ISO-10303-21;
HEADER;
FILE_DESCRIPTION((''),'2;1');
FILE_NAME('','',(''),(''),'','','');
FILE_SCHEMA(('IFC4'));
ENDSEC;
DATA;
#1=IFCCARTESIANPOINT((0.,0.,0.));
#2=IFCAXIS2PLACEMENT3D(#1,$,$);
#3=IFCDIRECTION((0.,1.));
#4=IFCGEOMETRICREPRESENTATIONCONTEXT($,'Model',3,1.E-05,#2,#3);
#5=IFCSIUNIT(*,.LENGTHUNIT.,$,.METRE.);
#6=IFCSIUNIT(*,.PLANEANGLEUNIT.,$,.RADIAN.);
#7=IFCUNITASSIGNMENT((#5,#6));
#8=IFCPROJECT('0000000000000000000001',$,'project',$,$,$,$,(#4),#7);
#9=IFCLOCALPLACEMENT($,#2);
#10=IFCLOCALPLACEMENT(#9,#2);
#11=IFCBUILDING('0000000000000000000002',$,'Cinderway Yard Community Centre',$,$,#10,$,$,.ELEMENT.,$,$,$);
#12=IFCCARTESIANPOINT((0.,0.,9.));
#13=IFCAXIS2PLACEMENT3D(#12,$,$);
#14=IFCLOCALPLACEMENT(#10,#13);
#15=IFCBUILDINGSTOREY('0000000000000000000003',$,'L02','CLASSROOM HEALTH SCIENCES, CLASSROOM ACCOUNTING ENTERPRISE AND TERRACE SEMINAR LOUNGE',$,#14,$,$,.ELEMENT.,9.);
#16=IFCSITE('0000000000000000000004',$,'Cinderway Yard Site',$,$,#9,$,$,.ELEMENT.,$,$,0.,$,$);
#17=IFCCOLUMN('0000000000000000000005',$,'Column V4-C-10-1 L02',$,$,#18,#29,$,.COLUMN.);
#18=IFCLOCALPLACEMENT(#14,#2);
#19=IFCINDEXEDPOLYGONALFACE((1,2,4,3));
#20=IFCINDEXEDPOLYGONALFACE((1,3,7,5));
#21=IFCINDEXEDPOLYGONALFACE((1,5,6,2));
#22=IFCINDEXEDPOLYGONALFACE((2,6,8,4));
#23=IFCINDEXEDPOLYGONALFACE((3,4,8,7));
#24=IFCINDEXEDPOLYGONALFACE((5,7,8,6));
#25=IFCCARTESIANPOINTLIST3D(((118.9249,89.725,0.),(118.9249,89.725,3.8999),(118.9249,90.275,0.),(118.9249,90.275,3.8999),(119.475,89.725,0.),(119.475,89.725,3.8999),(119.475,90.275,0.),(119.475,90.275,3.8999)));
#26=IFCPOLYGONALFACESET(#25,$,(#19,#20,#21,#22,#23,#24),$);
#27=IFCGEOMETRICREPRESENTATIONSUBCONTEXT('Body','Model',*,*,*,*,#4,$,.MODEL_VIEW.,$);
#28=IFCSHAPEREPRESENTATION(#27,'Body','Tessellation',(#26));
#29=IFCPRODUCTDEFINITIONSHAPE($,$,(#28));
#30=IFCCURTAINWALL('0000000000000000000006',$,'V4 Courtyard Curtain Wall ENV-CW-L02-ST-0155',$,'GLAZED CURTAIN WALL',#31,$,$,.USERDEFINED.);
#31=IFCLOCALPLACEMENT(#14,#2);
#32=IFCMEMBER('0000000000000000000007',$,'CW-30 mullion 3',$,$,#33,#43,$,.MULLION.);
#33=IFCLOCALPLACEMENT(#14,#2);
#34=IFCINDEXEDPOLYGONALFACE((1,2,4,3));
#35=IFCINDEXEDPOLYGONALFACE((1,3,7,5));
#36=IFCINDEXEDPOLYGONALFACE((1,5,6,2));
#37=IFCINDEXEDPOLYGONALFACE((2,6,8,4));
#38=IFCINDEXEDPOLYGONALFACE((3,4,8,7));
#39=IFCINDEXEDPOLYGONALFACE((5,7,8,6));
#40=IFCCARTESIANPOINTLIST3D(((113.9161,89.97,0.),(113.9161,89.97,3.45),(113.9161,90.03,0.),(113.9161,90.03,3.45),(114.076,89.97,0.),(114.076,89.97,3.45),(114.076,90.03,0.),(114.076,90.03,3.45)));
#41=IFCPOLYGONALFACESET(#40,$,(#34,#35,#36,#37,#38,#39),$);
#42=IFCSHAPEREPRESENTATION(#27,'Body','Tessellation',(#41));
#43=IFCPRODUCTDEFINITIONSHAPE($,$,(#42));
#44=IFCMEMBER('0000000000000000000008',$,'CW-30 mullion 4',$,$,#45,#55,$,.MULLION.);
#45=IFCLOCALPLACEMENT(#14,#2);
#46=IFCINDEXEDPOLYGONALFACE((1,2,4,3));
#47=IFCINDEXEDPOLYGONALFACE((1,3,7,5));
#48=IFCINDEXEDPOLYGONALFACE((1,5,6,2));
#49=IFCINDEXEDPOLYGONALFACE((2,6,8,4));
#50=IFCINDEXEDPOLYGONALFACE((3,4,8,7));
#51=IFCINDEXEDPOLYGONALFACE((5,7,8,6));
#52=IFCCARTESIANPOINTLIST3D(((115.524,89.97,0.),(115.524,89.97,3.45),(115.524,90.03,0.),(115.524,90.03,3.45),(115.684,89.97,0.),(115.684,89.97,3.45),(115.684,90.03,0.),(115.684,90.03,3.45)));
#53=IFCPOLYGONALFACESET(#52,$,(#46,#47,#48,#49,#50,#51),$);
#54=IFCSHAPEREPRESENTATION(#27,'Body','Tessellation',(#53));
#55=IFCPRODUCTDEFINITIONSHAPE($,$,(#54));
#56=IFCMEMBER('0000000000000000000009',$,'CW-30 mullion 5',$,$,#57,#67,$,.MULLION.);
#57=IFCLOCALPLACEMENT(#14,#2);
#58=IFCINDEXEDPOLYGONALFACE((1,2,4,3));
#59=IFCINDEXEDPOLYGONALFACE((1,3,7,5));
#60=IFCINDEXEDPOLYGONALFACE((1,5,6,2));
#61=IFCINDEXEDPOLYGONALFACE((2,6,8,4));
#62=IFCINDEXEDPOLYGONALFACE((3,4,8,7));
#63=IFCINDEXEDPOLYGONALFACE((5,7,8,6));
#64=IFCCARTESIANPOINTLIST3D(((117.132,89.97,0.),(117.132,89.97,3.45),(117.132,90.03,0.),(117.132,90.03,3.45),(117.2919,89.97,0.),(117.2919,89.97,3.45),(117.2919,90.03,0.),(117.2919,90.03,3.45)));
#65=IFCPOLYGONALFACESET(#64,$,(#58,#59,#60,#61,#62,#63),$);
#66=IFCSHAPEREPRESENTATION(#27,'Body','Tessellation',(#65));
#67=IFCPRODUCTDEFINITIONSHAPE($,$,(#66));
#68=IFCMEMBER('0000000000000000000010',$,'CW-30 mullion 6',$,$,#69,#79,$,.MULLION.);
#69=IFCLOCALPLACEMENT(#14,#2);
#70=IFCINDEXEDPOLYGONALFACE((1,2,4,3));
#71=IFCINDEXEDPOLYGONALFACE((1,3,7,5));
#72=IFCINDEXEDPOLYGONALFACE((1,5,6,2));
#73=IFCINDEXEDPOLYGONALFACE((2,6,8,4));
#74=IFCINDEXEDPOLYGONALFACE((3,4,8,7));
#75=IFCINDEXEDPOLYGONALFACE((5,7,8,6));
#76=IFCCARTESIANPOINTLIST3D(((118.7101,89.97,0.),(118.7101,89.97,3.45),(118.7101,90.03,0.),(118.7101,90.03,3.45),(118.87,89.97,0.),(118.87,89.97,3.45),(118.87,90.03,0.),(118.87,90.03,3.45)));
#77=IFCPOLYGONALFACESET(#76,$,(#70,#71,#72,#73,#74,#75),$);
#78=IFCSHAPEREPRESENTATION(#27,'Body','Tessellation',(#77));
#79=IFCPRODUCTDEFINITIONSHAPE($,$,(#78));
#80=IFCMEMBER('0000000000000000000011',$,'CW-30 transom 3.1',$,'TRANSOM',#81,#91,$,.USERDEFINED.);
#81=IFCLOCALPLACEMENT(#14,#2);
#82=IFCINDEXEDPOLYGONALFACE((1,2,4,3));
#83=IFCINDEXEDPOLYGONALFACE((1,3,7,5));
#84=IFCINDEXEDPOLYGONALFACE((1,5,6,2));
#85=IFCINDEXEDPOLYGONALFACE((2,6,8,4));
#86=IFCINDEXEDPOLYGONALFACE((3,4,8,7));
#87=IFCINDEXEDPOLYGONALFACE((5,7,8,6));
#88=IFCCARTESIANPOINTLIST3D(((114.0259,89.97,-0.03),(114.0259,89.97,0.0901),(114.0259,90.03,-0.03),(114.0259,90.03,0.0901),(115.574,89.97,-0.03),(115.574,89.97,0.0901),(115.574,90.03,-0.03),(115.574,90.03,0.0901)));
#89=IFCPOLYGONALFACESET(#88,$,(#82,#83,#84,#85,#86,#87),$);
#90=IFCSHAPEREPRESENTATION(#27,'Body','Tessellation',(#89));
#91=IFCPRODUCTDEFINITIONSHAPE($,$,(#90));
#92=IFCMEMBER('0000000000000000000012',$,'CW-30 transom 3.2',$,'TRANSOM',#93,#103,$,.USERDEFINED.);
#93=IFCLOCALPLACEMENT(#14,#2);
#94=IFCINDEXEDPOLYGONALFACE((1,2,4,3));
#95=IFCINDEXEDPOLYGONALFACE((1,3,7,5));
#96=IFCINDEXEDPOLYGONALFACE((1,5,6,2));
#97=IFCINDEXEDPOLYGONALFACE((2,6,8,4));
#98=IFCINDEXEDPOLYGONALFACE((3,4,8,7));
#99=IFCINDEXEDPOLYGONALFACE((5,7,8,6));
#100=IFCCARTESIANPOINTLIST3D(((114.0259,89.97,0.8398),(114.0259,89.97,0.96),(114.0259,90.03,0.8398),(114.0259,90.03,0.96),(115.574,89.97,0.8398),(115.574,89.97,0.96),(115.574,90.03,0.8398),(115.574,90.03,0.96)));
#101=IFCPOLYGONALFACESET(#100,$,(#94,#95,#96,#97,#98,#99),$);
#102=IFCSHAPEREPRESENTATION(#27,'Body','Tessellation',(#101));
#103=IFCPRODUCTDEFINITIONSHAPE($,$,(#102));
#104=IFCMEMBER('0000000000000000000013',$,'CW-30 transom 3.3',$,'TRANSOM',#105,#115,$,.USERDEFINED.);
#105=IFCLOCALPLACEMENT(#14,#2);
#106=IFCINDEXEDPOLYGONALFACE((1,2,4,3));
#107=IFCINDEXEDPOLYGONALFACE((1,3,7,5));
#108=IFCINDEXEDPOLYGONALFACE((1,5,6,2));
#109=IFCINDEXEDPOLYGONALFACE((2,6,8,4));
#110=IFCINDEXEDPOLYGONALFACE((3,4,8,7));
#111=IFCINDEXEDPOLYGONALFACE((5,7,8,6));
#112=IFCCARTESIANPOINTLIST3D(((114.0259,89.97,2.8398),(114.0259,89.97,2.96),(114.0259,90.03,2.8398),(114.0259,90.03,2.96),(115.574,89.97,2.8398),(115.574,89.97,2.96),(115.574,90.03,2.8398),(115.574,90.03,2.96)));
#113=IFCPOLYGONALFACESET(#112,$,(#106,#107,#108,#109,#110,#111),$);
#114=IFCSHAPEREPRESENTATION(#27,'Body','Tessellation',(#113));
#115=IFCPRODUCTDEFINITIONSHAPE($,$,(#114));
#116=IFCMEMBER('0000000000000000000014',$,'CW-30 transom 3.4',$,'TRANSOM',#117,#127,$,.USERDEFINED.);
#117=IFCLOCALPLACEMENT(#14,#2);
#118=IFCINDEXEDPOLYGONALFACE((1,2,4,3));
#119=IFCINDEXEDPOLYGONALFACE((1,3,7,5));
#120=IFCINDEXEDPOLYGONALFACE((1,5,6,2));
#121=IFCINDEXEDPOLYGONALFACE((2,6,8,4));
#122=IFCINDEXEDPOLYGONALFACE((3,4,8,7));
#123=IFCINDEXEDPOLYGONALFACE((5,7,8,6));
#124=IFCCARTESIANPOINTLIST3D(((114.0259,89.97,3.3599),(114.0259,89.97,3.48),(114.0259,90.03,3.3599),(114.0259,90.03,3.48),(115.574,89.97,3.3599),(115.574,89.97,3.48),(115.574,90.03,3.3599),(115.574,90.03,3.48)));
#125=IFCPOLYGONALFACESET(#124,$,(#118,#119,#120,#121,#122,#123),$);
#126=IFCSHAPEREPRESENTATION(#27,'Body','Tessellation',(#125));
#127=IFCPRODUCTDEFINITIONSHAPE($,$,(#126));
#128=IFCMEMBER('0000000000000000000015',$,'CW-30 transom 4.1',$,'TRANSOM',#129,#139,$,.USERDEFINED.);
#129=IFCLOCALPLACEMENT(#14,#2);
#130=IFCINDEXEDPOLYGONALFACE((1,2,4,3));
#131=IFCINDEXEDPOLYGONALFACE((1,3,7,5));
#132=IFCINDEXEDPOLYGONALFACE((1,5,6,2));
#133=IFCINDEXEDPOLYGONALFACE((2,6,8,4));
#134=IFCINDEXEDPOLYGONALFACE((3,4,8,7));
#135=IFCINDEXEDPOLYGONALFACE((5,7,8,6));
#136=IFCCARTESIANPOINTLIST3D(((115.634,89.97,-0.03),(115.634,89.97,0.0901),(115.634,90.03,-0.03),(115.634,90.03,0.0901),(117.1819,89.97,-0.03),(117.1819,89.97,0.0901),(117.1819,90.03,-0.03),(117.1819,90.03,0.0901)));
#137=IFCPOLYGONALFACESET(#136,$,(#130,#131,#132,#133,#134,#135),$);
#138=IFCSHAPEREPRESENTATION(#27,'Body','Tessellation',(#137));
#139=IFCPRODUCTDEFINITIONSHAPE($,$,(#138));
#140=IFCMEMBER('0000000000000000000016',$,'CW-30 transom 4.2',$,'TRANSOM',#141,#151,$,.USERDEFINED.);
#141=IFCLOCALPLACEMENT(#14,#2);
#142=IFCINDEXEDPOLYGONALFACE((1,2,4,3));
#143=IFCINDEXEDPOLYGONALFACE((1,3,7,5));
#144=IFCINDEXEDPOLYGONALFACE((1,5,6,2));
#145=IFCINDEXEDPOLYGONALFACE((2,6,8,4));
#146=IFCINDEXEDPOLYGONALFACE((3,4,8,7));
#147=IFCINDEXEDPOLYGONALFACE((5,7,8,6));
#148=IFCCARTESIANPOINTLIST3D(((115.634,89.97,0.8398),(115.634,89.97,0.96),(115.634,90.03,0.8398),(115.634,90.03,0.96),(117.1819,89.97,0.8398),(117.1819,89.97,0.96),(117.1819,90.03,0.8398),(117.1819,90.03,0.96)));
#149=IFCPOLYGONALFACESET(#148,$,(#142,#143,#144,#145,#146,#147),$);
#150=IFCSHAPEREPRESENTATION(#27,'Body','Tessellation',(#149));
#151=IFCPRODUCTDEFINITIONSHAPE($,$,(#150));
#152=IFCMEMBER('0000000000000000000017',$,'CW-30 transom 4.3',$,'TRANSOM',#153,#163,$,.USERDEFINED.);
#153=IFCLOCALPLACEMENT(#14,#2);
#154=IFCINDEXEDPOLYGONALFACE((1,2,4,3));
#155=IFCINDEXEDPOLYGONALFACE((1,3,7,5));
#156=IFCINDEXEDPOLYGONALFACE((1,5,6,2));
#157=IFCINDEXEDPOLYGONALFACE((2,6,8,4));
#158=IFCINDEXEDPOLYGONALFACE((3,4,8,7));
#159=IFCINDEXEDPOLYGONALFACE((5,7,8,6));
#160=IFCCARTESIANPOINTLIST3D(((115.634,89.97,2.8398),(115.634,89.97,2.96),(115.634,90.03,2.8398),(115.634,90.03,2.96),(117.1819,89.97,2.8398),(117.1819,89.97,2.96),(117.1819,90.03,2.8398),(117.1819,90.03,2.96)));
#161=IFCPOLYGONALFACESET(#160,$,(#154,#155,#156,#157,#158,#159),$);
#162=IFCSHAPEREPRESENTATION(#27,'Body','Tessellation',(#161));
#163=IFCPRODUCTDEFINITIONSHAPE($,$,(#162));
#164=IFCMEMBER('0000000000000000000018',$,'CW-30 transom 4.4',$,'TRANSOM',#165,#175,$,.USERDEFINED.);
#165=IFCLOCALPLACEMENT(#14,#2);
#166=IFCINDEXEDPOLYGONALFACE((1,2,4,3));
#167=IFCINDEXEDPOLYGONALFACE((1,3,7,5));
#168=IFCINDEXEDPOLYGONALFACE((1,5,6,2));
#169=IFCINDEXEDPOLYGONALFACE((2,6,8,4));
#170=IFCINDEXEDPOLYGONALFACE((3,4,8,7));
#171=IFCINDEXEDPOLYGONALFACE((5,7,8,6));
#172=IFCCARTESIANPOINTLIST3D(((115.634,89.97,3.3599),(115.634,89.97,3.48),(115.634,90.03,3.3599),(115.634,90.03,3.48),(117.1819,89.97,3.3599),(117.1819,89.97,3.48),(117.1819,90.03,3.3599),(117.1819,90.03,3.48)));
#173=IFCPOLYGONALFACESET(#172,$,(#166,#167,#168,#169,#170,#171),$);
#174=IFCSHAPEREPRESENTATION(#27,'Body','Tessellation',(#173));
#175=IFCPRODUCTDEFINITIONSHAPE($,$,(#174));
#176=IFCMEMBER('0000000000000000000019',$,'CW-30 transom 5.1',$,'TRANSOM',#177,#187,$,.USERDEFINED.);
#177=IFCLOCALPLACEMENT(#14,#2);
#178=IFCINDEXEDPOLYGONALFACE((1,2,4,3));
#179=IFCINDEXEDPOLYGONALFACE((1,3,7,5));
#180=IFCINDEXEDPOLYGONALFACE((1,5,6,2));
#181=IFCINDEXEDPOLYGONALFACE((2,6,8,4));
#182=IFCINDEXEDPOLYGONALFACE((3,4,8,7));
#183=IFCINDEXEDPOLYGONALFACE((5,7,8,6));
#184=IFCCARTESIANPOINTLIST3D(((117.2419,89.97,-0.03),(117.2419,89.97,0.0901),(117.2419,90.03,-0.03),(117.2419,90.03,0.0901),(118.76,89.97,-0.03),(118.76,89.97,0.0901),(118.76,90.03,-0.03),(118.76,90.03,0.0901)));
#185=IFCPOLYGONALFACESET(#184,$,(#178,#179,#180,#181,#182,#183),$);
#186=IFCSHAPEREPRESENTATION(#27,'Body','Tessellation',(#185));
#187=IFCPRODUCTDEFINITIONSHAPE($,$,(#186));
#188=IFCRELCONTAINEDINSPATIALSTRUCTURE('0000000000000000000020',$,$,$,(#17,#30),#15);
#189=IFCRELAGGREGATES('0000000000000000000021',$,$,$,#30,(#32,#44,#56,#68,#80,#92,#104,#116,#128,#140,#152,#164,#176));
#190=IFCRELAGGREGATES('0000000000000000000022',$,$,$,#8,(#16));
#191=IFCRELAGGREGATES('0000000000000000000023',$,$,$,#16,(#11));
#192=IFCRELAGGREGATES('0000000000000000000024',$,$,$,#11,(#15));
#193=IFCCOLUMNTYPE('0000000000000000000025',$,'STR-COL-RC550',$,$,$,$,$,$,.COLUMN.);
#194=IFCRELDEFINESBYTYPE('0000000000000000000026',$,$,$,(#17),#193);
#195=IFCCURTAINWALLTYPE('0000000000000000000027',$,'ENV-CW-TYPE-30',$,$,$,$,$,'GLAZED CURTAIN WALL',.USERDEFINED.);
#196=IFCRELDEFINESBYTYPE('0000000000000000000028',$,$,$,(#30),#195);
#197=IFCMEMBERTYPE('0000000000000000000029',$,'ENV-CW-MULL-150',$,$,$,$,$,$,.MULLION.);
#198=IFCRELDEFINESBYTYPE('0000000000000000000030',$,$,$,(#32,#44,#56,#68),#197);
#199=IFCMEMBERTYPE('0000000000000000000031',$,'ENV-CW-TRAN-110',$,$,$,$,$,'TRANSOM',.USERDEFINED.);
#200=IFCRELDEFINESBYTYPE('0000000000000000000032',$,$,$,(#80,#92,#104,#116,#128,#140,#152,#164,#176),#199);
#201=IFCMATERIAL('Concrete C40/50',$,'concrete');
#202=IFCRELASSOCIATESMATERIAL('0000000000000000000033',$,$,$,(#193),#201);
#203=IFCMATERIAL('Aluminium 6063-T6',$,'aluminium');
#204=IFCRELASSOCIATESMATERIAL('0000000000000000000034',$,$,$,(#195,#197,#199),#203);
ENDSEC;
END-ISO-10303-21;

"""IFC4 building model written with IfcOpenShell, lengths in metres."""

from ifc_helpers import new_model, si_unit, direction, frame, origin, origin_2d, place, context, subcontext, project, spatial, rectangle, extrude, material, material_profile, profile_set, type_object, element, aggregate, save


model = new_model("IFC4")

# Units and contexts
model_context = context("Model", 3, precision=1e-05, world=origin(), true_north=direction((0.0, 1.0)))
body_context = subcontext(model_context, "Body", "Model", "MODEL_VIEW")
ifc_project = project(units=[si_unit("LENGTHUNIT", "METRE"), si_unit("PLANEANGLEUNIT", "RADIAN")], contexts=[model_context])

# Site, building, storey
site_placement = place(None, origin())
site = spatial("IfcSite", under=ifc_project, at=site_placement, Name="Cinderway Yard Site", CompositionType="ELEMENT", RefElevation=0.0)
building_placement = place(site_placement, origin())
building = spatial("IfcBuilding", under=site, at=building_placement, Name="Cinderway Yard Community Centre", CompositionType="ELEMENT")
storey_placement = place(building_placement, frame((0.0, 0.0, 9.0)))
storey = spatial("IfcBuildingStorey", under=building, at=storey_placement, Name="L02", Description="CLASSROOM HEALTH SCIENCES, CLASSROOM ACCOUNTING ENTERPRISE AND TERRACE SEMINAR LOUNGE", CompositionType="ELEMENT", Elevation=9.0)

# Column
ifc_material_1 = material(Name="Concrete C40/50", Category="concrete")
ifc_material_profile_1 = material_profile(ifc_material_1, rectangle(XDim=0.55, YDim=0.55, at=origin_2d()), Name="Concrete C40/50")
ifc_profile_set_1 = profile_set([ifc_material_profile_1], Name="Concrete C40/50")
column_type = type_object("IfcColumnType", Name="STR-COL-RC550", PredefinedType="COLUMN", material=ifc_profile_set_1)
column_placement = place(storey_placement, frame((119.2, 90.0, 0.0), z_axis=(0.0, 0.0, 1.0), x_axis=(1.0, 0.0, 0.0)))
element("IfcColumn", 1, at=column_placement, inside=storey, type_object=column_type, Name="Column V4-C-10-1 L02", PredefinedType="COLUMN", context=body_context, shape_type="SweptSolid", body=[
    extrude(rectangle(XDim=0.55, YDim=0.55, at=origin_2d()), origin(), (0.0, 0.0, 1.0), 3.8999),
])

# Curtain wall, members
ifc_material_2 = material(Name="Aluminium 6063-T6", Category="aluminium")
curtain_wall_type = type_object("IfcCurtainWallType", Name="ENV-CW-TYPE-30", ElementType="GLAZED CURTAIN WALL", PredefinedType="USERDEFINED", material=ifc_material_2)
curtain_wall_placement = place(storey_placement, origin())
curtain_wall = element("IfcCurtainWall", 2, at=curtain_wall_placement, inside=storey, type_object=curtain_wall_type, Name="V4 Courtyard Curtain Wall ENV-CW-L02-ST-0155", ObjectType="GLAZED CURTAIN WALL", PredefinedType="USERDEFINED")
ifc_material_profile_2 = material_profile(ifc_material_2, rectangle(XDim=0.0601, YDim=0.1599, at=origin_2d()), Name="Aluminium 6063-T6")
ifc_profile_set_2 = profile_set([ifc_material_profile_2], Name="Aluminium 6063-T6")
member_type_1 = type_object("IfcMemberType", Name="ENV-CW-MULL-150", PredefinedType="MULLION", material=ifc_profile_set_2)
member_1_placement = place(storey_placement, frame((113.9961, 90.0, 0.0), z_axis=(0.0, 0.0, 1.0), x_axis=(0.0, 1.0, 0.0)))
member_1 = element("IfcMember", 3, at=member_1_placement, type_object=member_type_1, Name="CW-30 mullion 3", PredefinedType="MULLION", context=body_context, shape_type="SweptSolid", body=[
    extrude(rectangle(XDim=0.0601, YDim=0.1599, at=origin_2d()), origin(), (0.0, 0.0, 1.0), 3.45),
])
member_2_placement = place(storey_placement, frame((115.604, 90.0, 0.0), z_axis=(0.0, 0.0, 1.0), x_axis=(0.0, 1.0, 0.0)))
member_2 = element("IfcMember", 4, at=member_2_placement, type_object=member_type_1, Name="CW-30 mullion 4", PredefinedType="MULLION", context=body_context, shape_type="SweptSolid", body=[
    extrude(rectangle(XDim=0.0601, YDim=0.1599, at=origin_2d()), origin(), (0.0, 0.0, 1.0), 3.45),
])
member_3_placement = place(storey_placement, frame((117.2119, 90.0, 0.0), z_axis=(0.0, 0.0, 1.0), x_axis=(0.0, 1.0, 0.0)))
member_3 = element("IfcMember", 5, at=member_3_placement, type_object=member_type_1, Name="CW-30 mullion 5", PredefinedType="MULLION", context=body_context, shape_type="SweptSolid", body=[
    extrude(rectangle(XDim=0.0601, YDim=0.1599, at=origin_2d()), origin(), (0.0, 0.0, 1.0), 3.45),
])
member_4_placement = place(storey_placement, frame((118.79, 90.0, 0.0), z_axis=(0.0, 0.0, 1.0), x_axis=(0.0, 1.0, 0.0)))
member_4 = element("IfcMember", 6, at=member_4_placement, type_object=member_type_1, Name="CW-30 mullion 6", PredefinedType="MULLION", context=body_context, shape_type="SweptSolid", body=[
    extrude(rectangle(XDim=0.0601, YDim=0.1599, at=origin_2d()), origin(), (0.0, 0.0, 1.0), 3.45),
])
ifc_material_profile_3 = material_profile(ifc_material_2, rectangle(XDim=0.0601, YDim=0.1201, at=origin_2d()), Name="Aluminium 6063-T6")
ifc_profile_set_3 = profile_set([ifc_material_profile_3], Name="Aluminium 6063-T6")
member_type_2 = type_object("IfcMemberType", Name="ENV-CW-TRAN-110", ElementType="TRANSOM", PredefinedType="USERDEFINED", material=ifc_profile_set_3)
member_5_placement = place(storey_placement, frame((114.0259, 90.0, 0.03), z_axis=(1.0, 0.0, 0.0), x_axis=(0.0, 1.0, 0.0)))
member_5 = element("IfcMember", 7, at=member_5_placement, type_object=member_type_2, Name="CW-30 transom 3.1", ObjectType="TRANSOM", PredefinedType="USERDEFINED", context=body_context, shape_type="SweptSolid", body=[
    extrude(rectangle(XDim=0.0601, YDim=0.1201, at=origin_2d()), origin(), (0.0, 0.0, 1.0), 1.5481),
])
member_6_placement = place(storey_placement, frame((114.0259, 90.0, 0.8999), z_axis=(1.0, 0.0, 0.0), x_axis=(0.0, 1.0, 0.0)))
member_6 = element("IfcMember", 8, at=member_6_placement, type_object=member_type_2, Name="CW-30 transom 3.2", ObjectType="TRANSOM", PredefinedType="USERDEFINED", context=body_context, shape_type="SweptSolid", body=[
    extrude(rectangle(XDim=0.0601, YDim=0.1201, at=origin_2d()), origin(), (0.0, 0.0, 1.0), 1.5481),
])
member_7_placement = place(storey_placement, frame((114.0259, 90.0, 2.8999), z_axis=(1.0, 0.0, 0.0), x_axis=(0.0, 1.0, 0.0)))
member_7 = element("IfcMember", 9, at=member_7_placement, type_object=member_type_2, Name="CW-30 transom 3.3", ObjectType="TRANSOM", PredefinedType="USERDEFINED", context=body_context, shape_type="SweptSolid", body=[
    extrude(rectangle(XDim=0.0601, YDim=0.1201, at=origin_2d()), origin(), (0.0, 0.0, 1.0), 1.5481),
])
member_8_placement = place(storey_placement, frame((114.0259, 90.0, 3.4199), z_axis=(1.0, 0.0, 0.0), x_axis=(0.0, 1.0, 0.0)))
member_8 = element("IfcMember", 10, at=member_8_placement, type_object=member_type_2, Name="CW-30 transom 3.4", ObjectType="TRANSOM", PredefinedType="USERDEFINED", context=body_context, shape_type="SweptSolid", body=[
    extrude(rectangle(XDim=0.0601, YDim=0.1201, at=origin_2d()), origin(), (0.0, 0.0, 1.0), 1.5481),
])
member_9_placement = place(storey_placement, frame((115.634, 90.0, 0.03), z_axis=(1.0, 0.0, 0.0), x_axis=(0.0, 1.0, 0.0)))
member_9 = element("IfcMember", 11, at=member_9_placement, type_object=member_type_2, Name="CW-30 transom 4.1", ObjectType="TRANSOM", PredefinedType="USERDEFINED", context=body_context, shape_type="SweptSolid", body=[
    extrude(rectangle(XDim=0.0601, YDim=0.1201, at=origin_2d()), origin(), (0.0, 0.0, 1.0), 1.5479),
])
member_10_placement = place(storey_placement, frame((115.634, 90.0, 0.8999), z_axis=(1.0, 0.0, 0.0), x_axis=(0.0, 1.0, 0.0)))
member_10 = element("IfcMember", 12, at=member_10_placement, type_object=member_type_2, Name="CW-30 transom 4.2", ObjectType="TRANSOM", PredefinedType="USERDEFINED", context=body_context, shape_type="SweptSolid", body=[
    extrude(rectangle(XDim=0.0601, YDim=0.1201, at=origin_2d()), origin(), (0.0, 0.0, 1.0), 1.5479),
])
member_11_placement = place(storey_placement, frame((115.634, 90.0, 2.8999), z_axis=(1.0, 0.0, 0.0), x_axis=(0.0, 1.0, 0.0)))
member_11 = element("IfcMember", 13, at=member_11_placement, type_object=member_type_2, Name="CW-30 transom 4.3", ObjectType="TRANSOM", PredefinedType="USERDEFINED", context=body_context, shape_type="SweptSolid", body=[
    extrude(rectangle(XDim=0.0601, YDim=0.1201, at=origin_2d()), origin(), (0.0, 0.0, 1.0), 1.5479),
])
member_12_placement = place(storey_placement, frame((115.634, 90.0, 3.4199), z_axis=(1.0, 0.0, 0.0), x_axis=(0.0, 1.0, 0.0)))
member_12 = element("IfcMember", 14, at=member_12_placement, type_object=member_type_2, Name="CW-30 transom 4.4", ObjectType="TRANSOM", PredefinedType="USERDEFINED", context=body_context, shape_type="SweptSolid", body=[
    extrude(rectangle(XDim=0.0601, YDim=0.1201, at=origin_2d()), origin(), (0.0, 0.0, 1.0), 1.5479),
])
member_13_placement = place(storey_placement, frame((117.2419, 90.0, 0.03), z_axis=(1.0, 0.0, 0.0), x_axis=(0.0, 1.0, 0.0)))
member_13 = element("IfcMember", 15, at=member_13_placement, type_object=member_type_2, Name="CW-30 transom 5.1", ObjectType="TRANSOM", PredefinedType="USERDEFINED", context=body_context, shape_type="SweptSolid", body=[
    extrude(rectangle(XDim=0.0601, YDim=0.1201, at=origin_2d()), origin(), (0.0, 0.0, 1.0), 1.5181),
])

aggregate(curtain_wall, [member_1, member_2, member_3, member_4, member_5, member_6, member_7, member_8, member_9, member_10, member_11, member_12, member_13])

save(model, "model.ifc")
